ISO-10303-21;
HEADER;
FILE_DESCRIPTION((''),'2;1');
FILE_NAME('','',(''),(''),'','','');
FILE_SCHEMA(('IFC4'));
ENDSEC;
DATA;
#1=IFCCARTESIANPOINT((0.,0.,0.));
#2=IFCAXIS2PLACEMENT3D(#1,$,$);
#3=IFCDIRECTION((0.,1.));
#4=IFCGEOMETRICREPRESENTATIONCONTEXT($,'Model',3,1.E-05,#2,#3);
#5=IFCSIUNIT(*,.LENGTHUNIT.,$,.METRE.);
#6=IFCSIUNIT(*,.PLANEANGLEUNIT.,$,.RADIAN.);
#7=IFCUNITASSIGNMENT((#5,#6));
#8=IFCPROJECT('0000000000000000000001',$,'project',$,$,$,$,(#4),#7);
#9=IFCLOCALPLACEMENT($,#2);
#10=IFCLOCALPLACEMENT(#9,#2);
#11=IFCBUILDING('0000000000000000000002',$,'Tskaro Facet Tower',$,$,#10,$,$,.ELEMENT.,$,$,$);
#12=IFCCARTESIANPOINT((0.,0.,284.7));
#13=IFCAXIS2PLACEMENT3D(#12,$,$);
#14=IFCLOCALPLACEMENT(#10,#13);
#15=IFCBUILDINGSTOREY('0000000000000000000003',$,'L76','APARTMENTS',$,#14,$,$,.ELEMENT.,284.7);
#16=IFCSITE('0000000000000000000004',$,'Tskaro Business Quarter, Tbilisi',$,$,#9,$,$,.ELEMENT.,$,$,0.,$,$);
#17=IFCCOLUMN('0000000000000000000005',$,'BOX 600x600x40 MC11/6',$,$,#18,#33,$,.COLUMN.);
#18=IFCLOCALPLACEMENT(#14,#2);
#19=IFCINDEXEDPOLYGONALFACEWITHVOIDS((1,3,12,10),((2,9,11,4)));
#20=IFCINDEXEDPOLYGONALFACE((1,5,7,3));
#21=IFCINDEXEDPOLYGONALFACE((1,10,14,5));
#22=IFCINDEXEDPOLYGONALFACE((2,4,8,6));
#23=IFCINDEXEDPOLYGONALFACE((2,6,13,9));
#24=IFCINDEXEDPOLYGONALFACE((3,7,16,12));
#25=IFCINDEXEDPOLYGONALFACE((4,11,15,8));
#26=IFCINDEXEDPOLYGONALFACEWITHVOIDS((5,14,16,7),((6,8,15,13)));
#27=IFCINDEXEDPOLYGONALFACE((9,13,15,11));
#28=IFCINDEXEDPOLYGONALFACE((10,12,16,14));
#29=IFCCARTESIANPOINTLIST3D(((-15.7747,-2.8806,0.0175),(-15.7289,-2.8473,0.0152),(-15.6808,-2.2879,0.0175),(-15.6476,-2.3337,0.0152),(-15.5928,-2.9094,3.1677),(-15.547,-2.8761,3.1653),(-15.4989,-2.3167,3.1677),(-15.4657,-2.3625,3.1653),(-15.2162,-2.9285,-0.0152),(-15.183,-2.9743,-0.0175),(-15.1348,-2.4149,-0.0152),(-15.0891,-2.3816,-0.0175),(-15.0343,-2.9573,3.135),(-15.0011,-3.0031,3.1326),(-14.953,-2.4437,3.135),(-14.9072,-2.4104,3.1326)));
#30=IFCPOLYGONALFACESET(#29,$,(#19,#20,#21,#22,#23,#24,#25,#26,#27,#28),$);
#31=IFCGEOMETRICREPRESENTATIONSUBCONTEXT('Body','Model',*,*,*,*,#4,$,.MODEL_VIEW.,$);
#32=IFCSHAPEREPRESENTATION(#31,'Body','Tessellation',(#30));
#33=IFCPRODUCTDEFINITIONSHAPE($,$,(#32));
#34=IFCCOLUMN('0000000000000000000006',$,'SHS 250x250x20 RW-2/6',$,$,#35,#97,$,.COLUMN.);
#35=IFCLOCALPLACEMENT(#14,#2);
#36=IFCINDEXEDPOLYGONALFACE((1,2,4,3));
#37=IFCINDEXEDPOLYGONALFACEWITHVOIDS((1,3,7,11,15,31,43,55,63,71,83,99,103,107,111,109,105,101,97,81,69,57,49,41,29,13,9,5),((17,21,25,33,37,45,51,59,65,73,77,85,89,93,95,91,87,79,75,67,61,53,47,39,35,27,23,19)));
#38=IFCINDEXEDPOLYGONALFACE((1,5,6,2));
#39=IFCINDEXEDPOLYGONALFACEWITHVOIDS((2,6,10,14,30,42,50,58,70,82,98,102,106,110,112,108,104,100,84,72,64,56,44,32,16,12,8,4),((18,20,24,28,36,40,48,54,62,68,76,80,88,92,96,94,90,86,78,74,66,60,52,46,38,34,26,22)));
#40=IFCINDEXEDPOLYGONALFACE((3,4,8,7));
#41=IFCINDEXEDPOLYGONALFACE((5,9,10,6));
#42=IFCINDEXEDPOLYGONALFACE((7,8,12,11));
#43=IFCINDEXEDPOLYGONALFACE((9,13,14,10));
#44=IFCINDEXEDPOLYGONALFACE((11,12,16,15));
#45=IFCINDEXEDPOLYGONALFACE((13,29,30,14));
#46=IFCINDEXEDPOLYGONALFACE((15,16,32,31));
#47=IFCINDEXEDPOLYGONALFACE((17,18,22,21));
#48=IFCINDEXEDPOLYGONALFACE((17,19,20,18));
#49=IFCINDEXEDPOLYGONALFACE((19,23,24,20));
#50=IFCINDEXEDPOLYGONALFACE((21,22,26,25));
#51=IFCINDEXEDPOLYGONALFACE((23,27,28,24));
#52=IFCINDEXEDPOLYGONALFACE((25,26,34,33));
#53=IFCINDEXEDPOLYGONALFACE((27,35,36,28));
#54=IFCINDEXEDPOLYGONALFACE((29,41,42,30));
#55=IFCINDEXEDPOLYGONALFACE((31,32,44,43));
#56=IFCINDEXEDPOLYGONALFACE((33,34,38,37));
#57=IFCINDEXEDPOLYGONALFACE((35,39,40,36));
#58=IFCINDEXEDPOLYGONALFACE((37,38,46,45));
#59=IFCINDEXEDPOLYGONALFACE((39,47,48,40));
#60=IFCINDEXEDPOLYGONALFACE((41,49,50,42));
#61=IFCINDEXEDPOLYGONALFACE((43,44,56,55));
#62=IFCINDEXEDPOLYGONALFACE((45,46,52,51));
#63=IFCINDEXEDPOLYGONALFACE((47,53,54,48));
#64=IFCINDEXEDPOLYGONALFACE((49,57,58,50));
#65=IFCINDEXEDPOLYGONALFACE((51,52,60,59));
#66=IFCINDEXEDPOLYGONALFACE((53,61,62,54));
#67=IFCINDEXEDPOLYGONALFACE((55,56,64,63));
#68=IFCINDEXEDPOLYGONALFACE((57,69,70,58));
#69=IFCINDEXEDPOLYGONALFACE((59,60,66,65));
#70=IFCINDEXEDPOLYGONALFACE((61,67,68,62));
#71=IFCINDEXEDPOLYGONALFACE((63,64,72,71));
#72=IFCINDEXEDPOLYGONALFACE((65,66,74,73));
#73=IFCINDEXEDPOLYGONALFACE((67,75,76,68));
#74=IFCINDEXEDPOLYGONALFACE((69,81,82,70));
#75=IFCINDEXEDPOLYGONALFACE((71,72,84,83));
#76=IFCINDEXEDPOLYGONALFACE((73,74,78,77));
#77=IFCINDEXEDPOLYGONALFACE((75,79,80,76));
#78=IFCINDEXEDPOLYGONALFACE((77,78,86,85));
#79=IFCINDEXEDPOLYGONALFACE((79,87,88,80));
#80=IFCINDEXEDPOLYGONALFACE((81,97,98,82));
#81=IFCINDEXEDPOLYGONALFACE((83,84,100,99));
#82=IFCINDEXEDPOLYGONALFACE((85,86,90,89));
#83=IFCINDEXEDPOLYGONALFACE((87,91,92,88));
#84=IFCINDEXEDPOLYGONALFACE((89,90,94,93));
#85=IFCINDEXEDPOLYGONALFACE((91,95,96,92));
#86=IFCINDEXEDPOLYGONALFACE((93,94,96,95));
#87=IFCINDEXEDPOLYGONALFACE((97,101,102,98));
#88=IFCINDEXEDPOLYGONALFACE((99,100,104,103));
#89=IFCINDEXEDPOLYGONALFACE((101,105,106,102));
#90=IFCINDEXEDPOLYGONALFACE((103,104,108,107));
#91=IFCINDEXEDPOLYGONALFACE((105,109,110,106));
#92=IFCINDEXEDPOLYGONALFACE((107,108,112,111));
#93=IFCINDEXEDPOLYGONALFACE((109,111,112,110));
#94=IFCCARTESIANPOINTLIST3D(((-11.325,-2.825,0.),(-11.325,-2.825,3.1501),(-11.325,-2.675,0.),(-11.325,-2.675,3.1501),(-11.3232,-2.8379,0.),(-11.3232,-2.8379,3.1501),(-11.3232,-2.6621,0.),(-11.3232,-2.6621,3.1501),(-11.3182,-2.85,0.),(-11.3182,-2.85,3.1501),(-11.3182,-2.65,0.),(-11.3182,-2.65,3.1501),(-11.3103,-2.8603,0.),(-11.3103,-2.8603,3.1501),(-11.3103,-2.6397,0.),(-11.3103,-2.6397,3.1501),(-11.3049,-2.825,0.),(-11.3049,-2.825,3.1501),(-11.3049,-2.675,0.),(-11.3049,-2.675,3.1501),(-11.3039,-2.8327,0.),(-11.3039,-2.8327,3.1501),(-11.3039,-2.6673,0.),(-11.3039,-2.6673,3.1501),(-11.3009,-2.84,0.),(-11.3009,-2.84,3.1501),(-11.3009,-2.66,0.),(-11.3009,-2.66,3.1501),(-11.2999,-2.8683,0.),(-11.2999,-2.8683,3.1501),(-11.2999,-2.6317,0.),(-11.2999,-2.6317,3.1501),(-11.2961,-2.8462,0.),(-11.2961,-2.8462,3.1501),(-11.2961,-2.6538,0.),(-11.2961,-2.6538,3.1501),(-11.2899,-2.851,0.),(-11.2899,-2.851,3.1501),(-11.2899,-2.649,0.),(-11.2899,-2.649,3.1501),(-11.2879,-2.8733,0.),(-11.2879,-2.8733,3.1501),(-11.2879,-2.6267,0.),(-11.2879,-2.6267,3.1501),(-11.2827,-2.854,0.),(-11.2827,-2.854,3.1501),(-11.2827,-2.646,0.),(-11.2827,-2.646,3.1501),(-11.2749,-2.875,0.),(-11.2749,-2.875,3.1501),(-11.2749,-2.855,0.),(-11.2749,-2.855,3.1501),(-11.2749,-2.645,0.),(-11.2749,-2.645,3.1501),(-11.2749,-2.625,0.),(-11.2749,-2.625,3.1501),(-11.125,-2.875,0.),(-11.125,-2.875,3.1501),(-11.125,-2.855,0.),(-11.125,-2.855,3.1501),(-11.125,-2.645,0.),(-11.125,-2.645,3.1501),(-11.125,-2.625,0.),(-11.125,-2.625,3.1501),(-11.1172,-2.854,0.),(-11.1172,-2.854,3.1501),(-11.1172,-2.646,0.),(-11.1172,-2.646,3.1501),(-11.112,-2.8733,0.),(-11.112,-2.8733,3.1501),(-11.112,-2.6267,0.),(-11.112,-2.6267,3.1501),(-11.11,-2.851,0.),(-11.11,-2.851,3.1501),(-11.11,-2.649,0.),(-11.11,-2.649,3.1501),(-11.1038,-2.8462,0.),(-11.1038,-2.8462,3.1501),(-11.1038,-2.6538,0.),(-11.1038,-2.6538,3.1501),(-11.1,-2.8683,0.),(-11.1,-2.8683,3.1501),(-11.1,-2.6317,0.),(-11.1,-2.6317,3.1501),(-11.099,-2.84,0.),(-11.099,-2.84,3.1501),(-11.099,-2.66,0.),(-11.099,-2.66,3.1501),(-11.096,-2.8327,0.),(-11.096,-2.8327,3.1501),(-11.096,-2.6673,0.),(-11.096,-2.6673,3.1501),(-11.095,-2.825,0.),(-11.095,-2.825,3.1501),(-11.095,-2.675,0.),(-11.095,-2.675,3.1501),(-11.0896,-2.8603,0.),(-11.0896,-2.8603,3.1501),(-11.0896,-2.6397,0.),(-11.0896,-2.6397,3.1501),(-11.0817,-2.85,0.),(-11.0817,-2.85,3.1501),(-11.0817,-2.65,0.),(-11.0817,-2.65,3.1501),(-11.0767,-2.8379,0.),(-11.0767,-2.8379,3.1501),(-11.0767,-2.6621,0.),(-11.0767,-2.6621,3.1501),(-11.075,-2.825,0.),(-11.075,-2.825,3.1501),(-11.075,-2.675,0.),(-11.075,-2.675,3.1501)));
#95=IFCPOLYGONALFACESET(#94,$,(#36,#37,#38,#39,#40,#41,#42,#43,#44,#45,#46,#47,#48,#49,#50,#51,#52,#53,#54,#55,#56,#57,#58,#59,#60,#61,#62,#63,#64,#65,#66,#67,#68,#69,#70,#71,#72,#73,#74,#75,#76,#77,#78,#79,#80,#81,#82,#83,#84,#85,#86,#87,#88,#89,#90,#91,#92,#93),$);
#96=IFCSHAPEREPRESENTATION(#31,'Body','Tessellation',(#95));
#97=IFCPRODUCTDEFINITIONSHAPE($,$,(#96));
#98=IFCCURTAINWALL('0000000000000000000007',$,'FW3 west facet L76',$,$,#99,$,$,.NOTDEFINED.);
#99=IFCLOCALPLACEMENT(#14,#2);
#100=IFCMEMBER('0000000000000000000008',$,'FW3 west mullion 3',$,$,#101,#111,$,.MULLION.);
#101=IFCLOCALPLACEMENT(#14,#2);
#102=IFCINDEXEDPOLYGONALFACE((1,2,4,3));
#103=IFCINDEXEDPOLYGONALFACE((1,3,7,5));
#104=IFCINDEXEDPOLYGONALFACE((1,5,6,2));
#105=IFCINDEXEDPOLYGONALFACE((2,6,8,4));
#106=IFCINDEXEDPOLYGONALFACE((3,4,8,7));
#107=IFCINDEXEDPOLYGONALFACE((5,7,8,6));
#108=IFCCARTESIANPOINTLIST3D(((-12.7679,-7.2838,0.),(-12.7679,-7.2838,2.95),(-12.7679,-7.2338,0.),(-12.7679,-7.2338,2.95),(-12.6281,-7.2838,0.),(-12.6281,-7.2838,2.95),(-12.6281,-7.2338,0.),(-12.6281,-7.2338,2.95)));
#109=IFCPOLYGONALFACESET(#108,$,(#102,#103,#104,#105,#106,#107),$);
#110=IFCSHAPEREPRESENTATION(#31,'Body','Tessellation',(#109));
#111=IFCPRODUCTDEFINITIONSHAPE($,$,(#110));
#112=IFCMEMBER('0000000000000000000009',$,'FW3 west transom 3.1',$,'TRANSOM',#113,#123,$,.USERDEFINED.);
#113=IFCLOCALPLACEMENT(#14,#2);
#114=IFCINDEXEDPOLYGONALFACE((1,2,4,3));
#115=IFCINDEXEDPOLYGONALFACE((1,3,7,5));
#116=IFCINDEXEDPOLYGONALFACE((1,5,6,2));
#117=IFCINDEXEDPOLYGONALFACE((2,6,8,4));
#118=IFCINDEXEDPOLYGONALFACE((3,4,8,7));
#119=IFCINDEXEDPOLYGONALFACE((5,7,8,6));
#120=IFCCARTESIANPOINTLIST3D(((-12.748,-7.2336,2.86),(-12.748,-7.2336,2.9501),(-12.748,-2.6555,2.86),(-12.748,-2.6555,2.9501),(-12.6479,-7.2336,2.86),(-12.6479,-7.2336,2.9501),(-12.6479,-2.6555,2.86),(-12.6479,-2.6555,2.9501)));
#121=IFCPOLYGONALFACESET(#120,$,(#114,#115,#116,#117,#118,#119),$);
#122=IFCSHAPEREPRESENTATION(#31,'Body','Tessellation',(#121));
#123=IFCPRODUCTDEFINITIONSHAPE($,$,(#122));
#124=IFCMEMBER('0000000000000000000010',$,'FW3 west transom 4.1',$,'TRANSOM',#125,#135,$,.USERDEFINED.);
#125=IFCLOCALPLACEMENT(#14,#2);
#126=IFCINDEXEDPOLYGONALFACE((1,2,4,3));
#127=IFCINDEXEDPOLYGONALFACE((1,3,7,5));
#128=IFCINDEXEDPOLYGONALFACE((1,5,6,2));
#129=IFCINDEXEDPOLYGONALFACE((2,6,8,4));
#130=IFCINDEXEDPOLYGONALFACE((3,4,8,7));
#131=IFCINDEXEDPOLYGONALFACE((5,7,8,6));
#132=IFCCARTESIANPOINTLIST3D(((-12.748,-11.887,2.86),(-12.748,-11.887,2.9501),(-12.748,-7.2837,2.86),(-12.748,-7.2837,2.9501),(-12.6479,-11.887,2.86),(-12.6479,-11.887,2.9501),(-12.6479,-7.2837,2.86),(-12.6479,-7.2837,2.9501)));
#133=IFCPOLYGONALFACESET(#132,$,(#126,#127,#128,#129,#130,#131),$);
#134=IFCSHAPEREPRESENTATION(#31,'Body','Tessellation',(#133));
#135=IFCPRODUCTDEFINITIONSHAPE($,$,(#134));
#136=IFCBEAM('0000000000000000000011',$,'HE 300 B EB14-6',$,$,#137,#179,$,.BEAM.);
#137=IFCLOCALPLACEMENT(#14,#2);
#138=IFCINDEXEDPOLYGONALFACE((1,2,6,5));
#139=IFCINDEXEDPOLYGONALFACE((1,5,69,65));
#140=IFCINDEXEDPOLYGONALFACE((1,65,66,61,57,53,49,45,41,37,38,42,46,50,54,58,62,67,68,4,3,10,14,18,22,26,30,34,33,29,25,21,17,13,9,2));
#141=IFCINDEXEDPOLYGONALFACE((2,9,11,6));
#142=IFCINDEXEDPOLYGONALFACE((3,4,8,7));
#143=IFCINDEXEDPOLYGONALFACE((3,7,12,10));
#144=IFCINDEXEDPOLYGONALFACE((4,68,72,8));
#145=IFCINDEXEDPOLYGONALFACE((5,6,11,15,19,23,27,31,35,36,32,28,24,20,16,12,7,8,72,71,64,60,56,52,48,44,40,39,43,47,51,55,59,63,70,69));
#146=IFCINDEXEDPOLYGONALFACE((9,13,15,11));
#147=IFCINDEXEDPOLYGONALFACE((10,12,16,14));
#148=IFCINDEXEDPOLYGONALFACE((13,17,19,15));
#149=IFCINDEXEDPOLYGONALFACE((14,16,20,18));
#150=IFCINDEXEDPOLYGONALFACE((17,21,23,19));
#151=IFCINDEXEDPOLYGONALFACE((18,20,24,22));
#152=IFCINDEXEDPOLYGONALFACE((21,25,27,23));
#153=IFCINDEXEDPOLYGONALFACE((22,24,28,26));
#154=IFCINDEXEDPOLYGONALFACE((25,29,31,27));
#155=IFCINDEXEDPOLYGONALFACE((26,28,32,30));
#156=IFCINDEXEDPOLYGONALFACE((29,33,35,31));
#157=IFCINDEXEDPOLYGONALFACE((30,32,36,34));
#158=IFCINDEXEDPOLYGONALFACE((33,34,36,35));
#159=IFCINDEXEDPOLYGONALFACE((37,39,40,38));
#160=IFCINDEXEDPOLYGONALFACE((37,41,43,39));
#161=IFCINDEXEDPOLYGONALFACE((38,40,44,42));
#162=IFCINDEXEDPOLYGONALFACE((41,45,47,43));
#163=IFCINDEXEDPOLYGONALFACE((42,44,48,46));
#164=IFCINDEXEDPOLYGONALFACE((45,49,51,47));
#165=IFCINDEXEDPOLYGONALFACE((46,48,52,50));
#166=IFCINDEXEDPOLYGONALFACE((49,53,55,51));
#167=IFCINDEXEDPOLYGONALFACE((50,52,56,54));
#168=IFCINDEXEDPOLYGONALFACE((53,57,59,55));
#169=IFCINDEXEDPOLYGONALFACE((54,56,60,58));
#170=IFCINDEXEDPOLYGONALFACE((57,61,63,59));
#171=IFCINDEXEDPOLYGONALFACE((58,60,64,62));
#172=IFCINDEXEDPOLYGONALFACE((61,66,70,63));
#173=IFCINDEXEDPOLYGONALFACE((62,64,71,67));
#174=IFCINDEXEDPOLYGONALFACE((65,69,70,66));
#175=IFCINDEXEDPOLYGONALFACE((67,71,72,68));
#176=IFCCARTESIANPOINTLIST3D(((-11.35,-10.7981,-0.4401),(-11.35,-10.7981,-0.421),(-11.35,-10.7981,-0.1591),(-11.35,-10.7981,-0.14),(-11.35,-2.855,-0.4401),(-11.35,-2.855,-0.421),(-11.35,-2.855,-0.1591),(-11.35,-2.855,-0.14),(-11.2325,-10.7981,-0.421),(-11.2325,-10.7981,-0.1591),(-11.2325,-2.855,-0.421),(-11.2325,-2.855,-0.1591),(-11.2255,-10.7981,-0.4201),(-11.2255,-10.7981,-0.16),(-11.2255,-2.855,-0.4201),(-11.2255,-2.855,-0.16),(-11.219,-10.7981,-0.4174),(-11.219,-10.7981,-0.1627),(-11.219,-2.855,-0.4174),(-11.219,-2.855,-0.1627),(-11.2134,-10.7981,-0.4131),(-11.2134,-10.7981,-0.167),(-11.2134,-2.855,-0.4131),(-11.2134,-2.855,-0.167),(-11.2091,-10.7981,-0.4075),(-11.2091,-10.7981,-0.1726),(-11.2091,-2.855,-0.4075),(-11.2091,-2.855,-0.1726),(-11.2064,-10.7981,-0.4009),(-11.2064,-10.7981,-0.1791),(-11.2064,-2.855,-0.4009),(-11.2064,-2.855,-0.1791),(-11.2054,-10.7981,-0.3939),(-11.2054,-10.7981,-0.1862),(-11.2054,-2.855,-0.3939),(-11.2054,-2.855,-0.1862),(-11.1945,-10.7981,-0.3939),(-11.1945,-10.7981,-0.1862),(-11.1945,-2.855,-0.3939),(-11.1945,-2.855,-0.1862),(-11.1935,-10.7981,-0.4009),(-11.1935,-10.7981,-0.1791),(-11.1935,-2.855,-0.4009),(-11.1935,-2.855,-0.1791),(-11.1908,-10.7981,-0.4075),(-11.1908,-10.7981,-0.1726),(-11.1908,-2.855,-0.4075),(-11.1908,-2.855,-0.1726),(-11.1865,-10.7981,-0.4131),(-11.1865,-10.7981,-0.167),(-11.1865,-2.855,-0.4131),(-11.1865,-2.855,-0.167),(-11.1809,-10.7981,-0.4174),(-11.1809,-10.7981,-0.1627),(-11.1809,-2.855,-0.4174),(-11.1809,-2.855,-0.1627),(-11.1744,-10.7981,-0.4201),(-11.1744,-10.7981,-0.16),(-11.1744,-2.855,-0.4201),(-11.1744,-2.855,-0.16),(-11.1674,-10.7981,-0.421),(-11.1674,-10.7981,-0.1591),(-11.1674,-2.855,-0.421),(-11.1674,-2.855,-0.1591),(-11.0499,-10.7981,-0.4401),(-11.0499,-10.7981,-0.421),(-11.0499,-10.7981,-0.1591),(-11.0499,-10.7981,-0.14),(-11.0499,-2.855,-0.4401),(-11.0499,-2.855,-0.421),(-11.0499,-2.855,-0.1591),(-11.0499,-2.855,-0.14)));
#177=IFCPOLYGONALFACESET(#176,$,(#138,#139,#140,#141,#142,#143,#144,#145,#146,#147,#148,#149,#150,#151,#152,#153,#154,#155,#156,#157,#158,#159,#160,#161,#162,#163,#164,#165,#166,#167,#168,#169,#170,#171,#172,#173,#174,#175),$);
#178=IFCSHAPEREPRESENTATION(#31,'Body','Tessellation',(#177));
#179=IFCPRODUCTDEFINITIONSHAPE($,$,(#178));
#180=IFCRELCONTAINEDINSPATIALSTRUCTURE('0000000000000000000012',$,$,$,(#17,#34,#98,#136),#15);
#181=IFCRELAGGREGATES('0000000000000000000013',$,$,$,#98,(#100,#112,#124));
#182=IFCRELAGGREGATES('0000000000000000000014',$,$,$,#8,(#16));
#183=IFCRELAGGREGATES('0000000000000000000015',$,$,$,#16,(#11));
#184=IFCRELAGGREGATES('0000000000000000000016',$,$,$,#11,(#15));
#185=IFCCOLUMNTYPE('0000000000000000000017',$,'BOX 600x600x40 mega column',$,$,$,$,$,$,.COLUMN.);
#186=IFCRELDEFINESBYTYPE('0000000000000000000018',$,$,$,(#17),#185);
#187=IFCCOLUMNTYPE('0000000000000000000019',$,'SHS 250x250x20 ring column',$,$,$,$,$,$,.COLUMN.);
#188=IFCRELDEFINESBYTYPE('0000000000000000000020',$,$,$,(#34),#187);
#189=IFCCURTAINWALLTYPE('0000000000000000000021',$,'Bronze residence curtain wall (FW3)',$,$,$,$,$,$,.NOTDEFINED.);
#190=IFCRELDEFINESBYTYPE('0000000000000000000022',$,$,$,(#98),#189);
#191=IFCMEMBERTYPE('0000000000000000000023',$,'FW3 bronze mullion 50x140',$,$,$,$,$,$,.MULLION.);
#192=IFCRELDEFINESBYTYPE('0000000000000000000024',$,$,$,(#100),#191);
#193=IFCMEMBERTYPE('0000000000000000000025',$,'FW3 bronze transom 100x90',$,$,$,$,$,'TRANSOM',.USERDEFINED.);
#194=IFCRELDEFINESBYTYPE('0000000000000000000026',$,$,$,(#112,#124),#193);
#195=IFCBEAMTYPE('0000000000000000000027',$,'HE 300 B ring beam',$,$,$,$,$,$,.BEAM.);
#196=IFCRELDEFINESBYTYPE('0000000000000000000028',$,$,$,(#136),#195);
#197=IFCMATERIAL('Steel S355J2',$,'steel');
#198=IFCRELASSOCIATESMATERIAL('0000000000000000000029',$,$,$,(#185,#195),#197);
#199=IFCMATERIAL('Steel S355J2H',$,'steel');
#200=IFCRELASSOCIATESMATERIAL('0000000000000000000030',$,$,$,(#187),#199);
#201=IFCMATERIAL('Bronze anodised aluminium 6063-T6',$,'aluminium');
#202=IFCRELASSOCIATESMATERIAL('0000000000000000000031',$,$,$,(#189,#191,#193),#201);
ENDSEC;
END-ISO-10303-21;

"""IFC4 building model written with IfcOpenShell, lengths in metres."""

from ifc_helpers import new_model, si_unit, direction, frame, origin, origin_2d, place, context, subcontext, project, spatial, rectangle, hollow_rectangle, i_section, extrude, material, material_profile, profile_set, type_object, element, aggregate, save


model = new_model("IFC4")

# Units and contexts
model_context = context("Model", 3, precision=1e-05, world=origin(), true_north=direction((0.0, 1.0)))
body_context = subcontext(model_context, "Body", "Model", "MODEL_VIEW")
ifc_project = project(units=[si_unit("LENGTHUNIT", "METRE"), si_unit("PLANEANGLEUNIT", "RADIAN")], contexts=[model_context])

# Site, building, storey
site_placement = place(None, origin())
site = spatial("IfcSite", under=ifc_project, at=site_placement, Name="Tskaro Business Quarter, Tbilisi", CompositionType="ELEMENT", RefElevation=0.0)
building_placement = place(site_placement, origin())
building = spatial("IfcBuilding", under=site, at=building_placement, Name="Tskaro Facet Tower", CompositionType="ELEMENT")
storey_placement = place(building_placement, frame((0.0, 0.0, 284.7)))
storey = spatial("IfcBuildingStorey", under=building, at=storey_placement, Name="L76", Description="APARTMENTS", CompositionType="ELEMENT", Elevation=284.7)

# Columns
ifc_material_1 = material(Name="Steel S355J2", Category="steel")
ifc_material_profile_1 = material_profile(ifc_material_1, hollow_rectangle(XDim=0.6001, YDim=0.6001, WallThickness=0.04, at=origin_2d()), Name="BOX 600x600x40")
ifc_profile_set_1 = profile_set([ifc_material_profile_1], Name="Steel S355J2")
column_type_1 = type_object("IfcColumnType", Name="BOX 600x600x40 mega column", PredefinedType="COLUMN", material=ifc_profile_set_1)
column_1_placement = place(storey_placement, frame((-15.4319, -2.6311, 0.0), z_axis=(0.05764, -0.00913, 0.998296), x_axis=(0.156439, 0.987688, 0.0)))
element("IfcColumn", 1, at=column_1_placement, inside=storey, type_object=column_type_1, Name="BOX 600x600x40 MC11/6", PredefinedType="COLUMN", context=body_context, shape_type="SweptSolid", body=[
    extrude(hollow_rectangle(XDim=0.6001, YDim=0.6001, WallThickness=0.04, at=origin_2d()), origin(), (0.0, 0.0, 1.0), 3.1555),
])
ifc_material_2 = material(Name="Steel S355J2H", Category="steel")
ifc_material_profile_2 = material_profile(ifc_material_2, hollow_rectangle(XDim=0.25, YDim=0.25, WallThickness=0.02, InnerFilletRadius=0.03, OuterFilletRadius=0.05, at=origin_2d()), Name="SHS 250x250x20")
ifc_profile_set_2 = profile_set([ifc_material_profile_2], Name="Steel S355J2H")
column_type_2 = type_object("IfcColumnType", Name="SHS 250x250x20 ring column", PredefinedType="COLUMN", material=ifc_profile_set_2)
column_2_placement = place(storey_placement, frame((-11.2, -2.75, 0.0), z_axis=(0.0, 0.0, 1.0), x_axis=(1.0, 0.0, 0.0)))
element("IfcColumn", 2, at=column_2_placement, inside=storey, type_object=column_type_2, Name="SHS 250x250x20 RW-2/6", PredefinedType="COLUMN", context=body_context, shape_type="SweptSolid", body=[
    extrude(hollow_rectangle(XDim=0.25, YDim=0.25, WallThickness=0.02, InnerFilletRadius=0.03, OuterFilletRadius=0.05, at=origin_2d()), origin(), (0.0, 0.0, 1.0), 3.1501),
])

# Curtain wall, members
ifc_material_3 = material(Name="Bronze anodised aluminium 6063-T6", Category="aluminium")
curtain_wall_type = type_object("IfcCurtainWallType", Name="Bronze residence curtain wall (FW3)", PredefinedType="NOTDEFINED", material=ifc_material_3)
curtain_wall_placement = place(storey_placement, origin())
curtain_wall = element("IfcCurtainWall", 3, at=curtain_wall_placement, inside=storey, type_object=curtain_wall_type, Name="FW3 west facet L76", PredefinedType="NOTDEFINED")
ifc_material_profile_3 = material_profile(ifc_material_3, rectangle(XDim=0.05, YDim=0.1399, at=origin_2d()), Name="Mullion 50x140")
ifc_profile_set_3 = profile_set([ifc_material_profile_3], Name="Bronze anodised aluminium 6063-T6")
member_type_1 = type_object("IfcMemberType", Name="FW3 bronze mullion 50x140", PredefinedType="MULLION", material=ifc_profile_set_3)
member_1_placement = place(storey_placement, frame((-12.698, -7.2588, 0.0), z_axis=(0.0, 0.0, 1.0), x_axis=(0.0, -1.0, 0.0)))
member_1 = element("IfcMember", 4, at=member_1_placement, type_object=member_type_1, Name="FW3 west mullion 3", PredefinedType="MULLION", context=body_context, shape_type="SweptSolid", body=[
    extrude(rectangle(XDim=0.05, YDim=0.1399, at=origin_2d()), origin(), (0.0, 0.0, 1.0), 2.95),
])
ifc_material_profile_4 = material_profile(ifc_material_3, rectangle(XDim=0.1001, YDim=0.0901, at=origin_2d()), Name="Transom 100x90")
ifc_profile_set_4 = profile_set([ifc_material_profile_4], Name="Bronze anodised aluminium 6063-T6")
member_type_2 = type_object("IfcMemberType", Name="FW3 bronze transom 100x90", ElementType="TRANSOM", PredefinedType="USERDEFINED", material=ifc_profile_set_4)
member_2_placement = place(storey_placement, frame((-12.698, -2.6555, 2.905), z_axis=(0.0, -1.0, 0.0), x_axis=(1.0, 0.0, 0.0)))
member_2 = element("IfcMember", 5, at=member_2_placement, type_object=member_type_2, Name="FW3 west transom 3.1", ObjectType="TRANSOM", PredefinedType="USERDEFINED", context=body_context, shape_type="SweptSolid", body=[
    extrude(rectangle(XDim=0.1001, YDim=0.0901, at=origin_2d()), origin(), (0.0, 0.0, 1.0), 4.5781),
])
member_3_placement = place(storey_placement, frame((-12.698, -7.2837, 2.905), z_axis=(0.0, -1.0, 0.0), x_axis=(1.0, 0.0, 0.0)))
member_3 = element("IfcMember", 6, at=member_3_placement, type_object=member_type_2, Name="FW3 west transom 4.1", ObjectType="TRANSOM", PredefinedType="USERDEFINED", context=body_context, shape_type="SweptSolid", body=[
    extrude(rectangle(XDim=0.1001, YDim=0.0901, at=origin_2d()), origin(), (0.0, 0.0, 1.0), 4.6033),
])

# Beam
ifc_material_profile_5 = material_profile(ifc_material_1, i_section(OverallWidth=0.3, OverallDepth=0.3, WebThickness=0.011, FlangeThickness=0.019, FilletRadius=0.0271, at=origin_2d()), Name="HE 300 B")
ifc_profile_set_5 = profile_set([ifc_material_profile_5], Name="Steel S355J2")
beam_type_1 = type_object("IfcBeamType", Name="HE 300 B ring beam", PredefinedType="BEAM", material=ifc_profile_set_5)
beam_1_placement = place(storey_placement, frame((-11.2, -2.855, -0.29), z_axis=(0.0, -1.0, 0.0), x_axis=(1.0, 0.0, 0.0)))
element("IfcBeam", 7, at=beam_1_placement, inside=storey, type_object=beam_type_1, Name="HE 300 B EB14-6", PredefinedType="BEAM", context=body_context, shape_type="SweptSolid", body=[
    extrude(i_section(OverallWidth=0.3, OverallDepth=0.3, WebThickness=0.011, FlangeThickness=0.019, FilletRadius=0.0271, at=origin_2d()), origin(), (0.0, 0.0, 1.0), 7.9431),
])

aggregate(curtain_wall, [member_1, member_2, member_3])

save(model, "model.ifc")
